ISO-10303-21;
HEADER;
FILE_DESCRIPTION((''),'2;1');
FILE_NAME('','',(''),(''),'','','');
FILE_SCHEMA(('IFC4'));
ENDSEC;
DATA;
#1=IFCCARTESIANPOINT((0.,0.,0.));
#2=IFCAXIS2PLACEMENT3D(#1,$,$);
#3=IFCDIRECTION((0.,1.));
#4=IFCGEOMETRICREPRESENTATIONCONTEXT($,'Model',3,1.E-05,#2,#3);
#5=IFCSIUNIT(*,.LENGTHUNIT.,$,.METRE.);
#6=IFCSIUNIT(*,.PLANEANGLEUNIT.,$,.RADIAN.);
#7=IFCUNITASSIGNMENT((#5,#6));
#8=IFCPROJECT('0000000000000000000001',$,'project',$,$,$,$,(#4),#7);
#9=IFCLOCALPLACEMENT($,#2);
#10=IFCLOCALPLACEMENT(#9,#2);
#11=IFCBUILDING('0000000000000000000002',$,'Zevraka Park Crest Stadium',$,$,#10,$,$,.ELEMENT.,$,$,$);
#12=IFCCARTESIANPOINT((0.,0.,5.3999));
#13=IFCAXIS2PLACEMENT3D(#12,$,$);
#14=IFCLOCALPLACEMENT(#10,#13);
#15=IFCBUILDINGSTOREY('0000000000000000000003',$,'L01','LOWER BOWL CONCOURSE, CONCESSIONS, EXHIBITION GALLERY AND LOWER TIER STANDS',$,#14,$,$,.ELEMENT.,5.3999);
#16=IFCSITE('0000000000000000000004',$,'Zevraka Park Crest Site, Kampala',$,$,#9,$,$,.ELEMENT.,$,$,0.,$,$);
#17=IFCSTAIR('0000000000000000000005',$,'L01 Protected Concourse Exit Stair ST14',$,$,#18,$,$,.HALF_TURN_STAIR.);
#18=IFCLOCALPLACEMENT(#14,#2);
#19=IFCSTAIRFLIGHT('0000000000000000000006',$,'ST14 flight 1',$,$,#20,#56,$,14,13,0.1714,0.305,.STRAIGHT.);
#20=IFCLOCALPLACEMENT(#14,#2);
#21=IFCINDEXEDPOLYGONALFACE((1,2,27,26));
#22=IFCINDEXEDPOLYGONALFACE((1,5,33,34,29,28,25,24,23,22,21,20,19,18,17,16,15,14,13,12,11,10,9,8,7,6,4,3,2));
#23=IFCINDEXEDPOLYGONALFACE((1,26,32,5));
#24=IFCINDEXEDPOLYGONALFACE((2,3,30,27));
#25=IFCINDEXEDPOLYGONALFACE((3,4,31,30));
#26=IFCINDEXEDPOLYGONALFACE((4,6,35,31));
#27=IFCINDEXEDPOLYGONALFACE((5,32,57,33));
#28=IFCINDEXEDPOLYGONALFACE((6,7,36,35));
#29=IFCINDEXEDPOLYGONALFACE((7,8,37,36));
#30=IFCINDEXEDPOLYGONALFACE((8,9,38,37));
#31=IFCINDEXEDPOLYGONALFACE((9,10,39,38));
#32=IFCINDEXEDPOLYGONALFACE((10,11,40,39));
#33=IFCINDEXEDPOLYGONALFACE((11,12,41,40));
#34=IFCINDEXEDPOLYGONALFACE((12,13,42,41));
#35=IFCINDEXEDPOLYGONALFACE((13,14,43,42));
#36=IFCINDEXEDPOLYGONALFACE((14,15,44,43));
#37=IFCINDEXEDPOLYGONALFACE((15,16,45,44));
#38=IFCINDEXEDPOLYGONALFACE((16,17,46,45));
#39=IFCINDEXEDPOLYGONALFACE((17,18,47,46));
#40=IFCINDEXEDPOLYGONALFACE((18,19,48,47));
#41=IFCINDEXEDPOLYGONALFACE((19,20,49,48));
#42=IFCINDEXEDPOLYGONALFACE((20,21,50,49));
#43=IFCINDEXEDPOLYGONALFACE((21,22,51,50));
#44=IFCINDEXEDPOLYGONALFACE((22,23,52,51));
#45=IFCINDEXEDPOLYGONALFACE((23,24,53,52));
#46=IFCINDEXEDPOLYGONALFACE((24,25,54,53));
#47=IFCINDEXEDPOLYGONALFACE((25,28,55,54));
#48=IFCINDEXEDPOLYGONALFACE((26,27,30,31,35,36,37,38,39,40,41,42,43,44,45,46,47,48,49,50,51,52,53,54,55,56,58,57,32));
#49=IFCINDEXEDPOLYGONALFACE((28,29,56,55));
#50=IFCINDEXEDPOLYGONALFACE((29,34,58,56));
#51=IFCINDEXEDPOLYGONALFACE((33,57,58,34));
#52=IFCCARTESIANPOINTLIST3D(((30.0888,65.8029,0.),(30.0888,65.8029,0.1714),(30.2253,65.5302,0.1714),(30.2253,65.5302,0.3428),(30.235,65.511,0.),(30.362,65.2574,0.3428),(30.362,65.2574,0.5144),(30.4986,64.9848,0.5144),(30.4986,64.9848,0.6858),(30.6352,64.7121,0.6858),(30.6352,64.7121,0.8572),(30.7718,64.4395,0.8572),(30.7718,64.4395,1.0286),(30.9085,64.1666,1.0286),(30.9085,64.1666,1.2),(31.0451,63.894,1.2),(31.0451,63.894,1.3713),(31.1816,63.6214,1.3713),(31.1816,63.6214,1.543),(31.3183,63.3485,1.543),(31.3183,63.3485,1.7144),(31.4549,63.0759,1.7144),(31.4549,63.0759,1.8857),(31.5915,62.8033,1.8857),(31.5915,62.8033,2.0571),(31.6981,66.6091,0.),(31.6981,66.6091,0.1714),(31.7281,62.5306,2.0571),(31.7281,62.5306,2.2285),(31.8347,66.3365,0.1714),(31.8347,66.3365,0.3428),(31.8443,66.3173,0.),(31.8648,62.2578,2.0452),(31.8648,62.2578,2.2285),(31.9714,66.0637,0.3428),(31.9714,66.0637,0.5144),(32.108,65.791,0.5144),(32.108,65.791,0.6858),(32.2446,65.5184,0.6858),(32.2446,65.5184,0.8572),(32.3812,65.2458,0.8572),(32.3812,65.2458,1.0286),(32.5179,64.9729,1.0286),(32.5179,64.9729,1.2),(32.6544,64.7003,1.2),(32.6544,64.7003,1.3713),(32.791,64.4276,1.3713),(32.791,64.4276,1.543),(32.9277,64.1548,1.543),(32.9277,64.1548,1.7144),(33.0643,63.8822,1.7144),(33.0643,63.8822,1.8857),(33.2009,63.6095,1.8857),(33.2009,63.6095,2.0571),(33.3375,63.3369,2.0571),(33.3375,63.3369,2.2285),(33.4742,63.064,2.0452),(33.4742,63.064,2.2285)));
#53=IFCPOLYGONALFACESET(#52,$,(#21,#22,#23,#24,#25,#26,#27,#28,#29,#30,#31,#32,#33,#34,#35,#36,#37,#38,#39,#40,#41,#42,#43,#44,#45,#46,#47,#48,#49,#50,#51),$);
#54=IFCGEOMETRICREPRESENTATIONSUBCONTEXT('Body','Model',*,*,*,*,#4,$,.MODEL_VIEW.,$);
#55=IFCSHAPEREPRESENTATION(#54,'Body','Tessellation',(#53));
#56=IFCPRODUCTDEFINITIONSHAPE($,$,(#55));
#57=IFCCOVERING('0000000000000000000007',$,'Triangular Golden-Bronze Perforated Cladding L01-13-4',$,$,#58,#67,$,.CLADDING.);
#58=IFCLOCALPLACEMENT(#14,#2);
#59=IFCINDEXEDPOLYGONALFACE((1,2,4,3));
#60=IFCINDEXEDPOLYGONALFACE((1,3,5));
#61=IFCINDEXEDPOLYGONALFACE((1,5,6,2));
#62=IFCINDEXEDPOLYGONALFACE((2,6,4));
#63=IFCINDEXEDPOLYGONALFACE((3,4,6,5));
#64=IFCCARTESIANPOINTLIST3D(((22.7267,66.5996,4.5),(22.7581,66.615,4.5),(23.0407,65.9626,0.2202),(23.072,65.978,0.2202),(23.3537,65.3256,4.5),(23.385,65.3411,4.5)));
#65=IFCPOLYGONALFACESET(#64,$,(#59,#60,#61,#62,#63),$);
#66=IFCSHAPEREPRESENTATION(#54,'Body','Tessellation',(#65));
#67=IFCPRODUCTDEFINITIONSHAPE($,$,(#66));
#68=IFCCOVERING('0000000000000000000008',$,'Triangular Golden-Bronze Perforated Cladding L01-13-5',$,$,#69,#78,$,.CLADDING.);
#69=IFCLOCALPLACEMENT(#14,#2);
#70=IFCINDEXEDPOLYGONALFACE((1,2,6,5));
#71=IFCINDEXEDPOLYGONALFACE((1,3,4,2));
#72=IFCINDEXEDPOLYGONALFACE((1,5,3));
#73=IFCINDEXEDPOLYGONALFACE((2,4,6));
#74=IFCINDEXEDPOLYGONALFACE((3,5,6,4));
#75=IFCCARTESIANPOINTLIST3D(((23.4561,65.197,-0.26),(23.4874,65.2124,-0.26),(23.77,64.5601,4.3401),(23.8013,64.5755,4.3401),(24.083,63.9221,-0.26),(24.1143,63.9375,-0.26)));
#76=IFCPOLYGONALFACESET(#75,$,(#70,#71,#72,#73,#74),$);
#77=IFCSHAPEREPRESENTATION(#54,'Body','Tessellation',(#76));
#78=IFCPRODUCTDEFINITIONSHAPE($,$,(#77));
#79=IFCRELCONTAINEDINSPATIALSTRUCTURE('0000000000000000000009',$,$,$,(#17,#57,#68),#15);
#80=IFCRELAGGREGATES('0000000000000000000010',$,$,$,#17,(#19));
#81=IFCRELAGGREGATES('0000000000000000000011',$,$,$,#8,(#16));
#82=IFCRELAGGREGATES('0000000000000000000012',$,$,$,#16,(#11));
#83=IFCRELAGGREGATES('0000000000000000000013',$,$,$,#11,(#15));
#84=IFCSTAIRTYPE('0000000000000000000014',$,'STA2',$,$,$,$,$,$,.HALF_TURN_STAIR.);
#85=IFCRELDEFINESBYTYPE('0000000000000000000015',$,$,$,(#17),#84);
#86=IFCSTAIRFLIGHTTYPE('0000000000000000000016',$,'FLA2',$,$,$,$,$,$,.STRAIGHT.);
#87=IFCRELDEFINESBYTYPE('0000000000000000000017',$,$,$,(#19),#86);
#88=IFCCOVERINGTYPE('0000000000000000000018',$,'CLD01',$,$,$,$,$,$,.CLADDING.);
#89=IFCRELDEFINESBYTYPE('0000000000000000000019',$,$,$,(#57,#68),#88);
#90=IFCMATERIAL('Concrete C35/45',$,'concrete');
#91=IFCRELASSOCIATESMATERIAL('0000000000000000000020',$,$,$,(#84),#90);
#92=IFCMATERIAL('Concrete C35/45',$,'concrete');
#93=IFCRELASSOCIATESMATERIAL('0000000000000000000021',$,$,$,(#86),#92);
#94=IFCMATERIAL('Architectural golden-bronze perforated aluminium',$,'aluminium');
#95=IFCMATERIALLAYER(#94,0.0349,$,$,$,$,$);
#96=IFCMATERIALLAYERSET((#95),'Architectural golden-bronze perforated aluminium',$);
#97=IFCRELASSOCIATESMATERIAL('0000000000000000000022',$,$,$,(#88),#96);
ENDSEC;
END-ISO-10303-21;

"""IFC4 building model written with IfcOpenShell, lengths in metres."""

from ifc_helpers import new_model, si_unit, direction, frame, origin, place, context, subcontext, project, spatial, polyline, outline, extrude, material, layer, layer_set, type_object, element, aggregate, save


model = new_model("IFC4")

# Units and contexts
model_context = context("Model", 3, precision=1e-05, world=origin(), true_north=direction((0.0, 1.0)))
body_context = subcontext(model_context, "Body", "Model", "MODEL_VIEW")
ifc_project = project(units=[si_unit("LENGTHUNIT", "METRE"), si_unit("PLANEANGLEUNIT", "RADIAN")], contexts=[model_context])

# Site, building, storey
site_placement = place(None, origin())
site = spatial("IfcSite", under=ifc_project, at=site_placement, Name="Zevraka Park Crest Site, Kampala", CompositionType="ELEMENT", RefElevation=0.0)
building_placement = place(site_placement, origin())
building = spatial("IfcBuilding", under=site, at=building_placement, Name="Zevraka Park Crest Stadium", CompositionType="ELEMENT")
storey_placement = place(building_placement, frame((0.0, 0.0, 5.3999)))
storey = spatial("IfcBuildingStorey", under=building, at=storey_placement, Name="L01", Description="LOWER BOWL CONCOURSE, CONCESSIONS, EXHIBITION GALLERY AND LOWER TIER STANDS", CompositionType="ELEMENT", Elevation=5.3999)

# Stair, stair flight
ifc_material_1 = material(Name="Concrete C35/45", Category="concrete")
stair_type = type_object("IfcStairType", Name="STA2", PredefinedType="HALF_TURN_STAIR", material=ifc_material_1)
stair_placement = place(storey_placement, origin())
stair = element("IfcStair", 1, at=stair_placement, inside=storey, type_object=stair_type, Name="L01 Protected Concourse Exit Stair ST14", PredefinedType="HALF_TURN_STAIR")
ifc_material_2 = material(Name="Concrete C35/45", Category="concrete")
stair_flight_type = type_object("IfcStairFlightType", Name="FLA2", PredefinedType="STRAIGHT", material=ifc_material_2)
stair_flight_placement = place(storey_placement, frame((30.8936, 66.2061, 0.0), z_axis=(0.0, 0.0, 1.0), x_axis=(0.447915, -0.894076, 0.0)))
stair_flight = element("IfcStairFlight", 2, at=stair_flight_placement, type_object=stair_flight_type, Name="ST14 flight 1", NumberOfRisers=14, NumberOfTreads=13, PredefinedType="STRAIGHT", RiserHeight=0.1714, TreadLength=0.305, context=body_context, shape_type="SweptSolid", body=[
    extrude(outline(polyline([(0.0, 0.0), (0.0, 0.1714), (0.3049, 0.1714), (0.3049, 0.3428), (0.6101, 0.3428), (0.6101, 0.5144), (0.915, 0.5144), (0.915, 0.6858), (1.22, 0.6858), (1.22, 0.8572), (1.5249, 0.8572), (1.5249, 1.0286), (1.8301, 1.0286), (1.8301, 1.2), (2.135, 1.2), (2.135, 1.3713), (2.4399, 1.3713), (2.4399, 1.543), (2.7451, 1.543), (2.7451, 1.7144), (3.05, 1.7144), (3.05, 1.8857), (3.355, 1.8857), (3.355, 2.0571), (3.6599, 2.0571), (3.6599, 2.2285), (3.9651, 2.2285), (3.9651, 2.3999), (3.9651, 2.0452), (0.3264, 0.0), (0.0, 0.0)])), frame((0.0, 0.8999, 0.0), z_axis=(0.0, -1.0, 0.0), x_axis=(1.0, 0.0, 0.0)), (0.0, 0.0, 1.0), 1.8),
])
aggregate(stair, [stair_flight])

# Coverings
ifc_material_3 = material(Name="Architectural golden-bronze perforated aluminium", Category="aluminium")
ifc_layer_1 = layer(ifc_material_3, 0.0349)
ifc_layer_set_1 = layer_set([ifc_layer_1], Name="Architectural golden-bronze perforated aluminium")
covering_type = type_object("IfcCoveringType", Name="CLD01", PredefinedType="CLADDING", material=ifc_layer_set_1)
covering_1_placement = place(storey_placement, frame((23.385, 65.3411, 4.5), z_axis=(0.897229, 0.441565, 0.000102), x_axis=(-0.441565, 0.897229, 0.0)))
element("IfcCovering", 3, at=covering_1_placement, inside=storey, type_object=covering_type, Name="Triangular Golden-Bronze Perforated Cladding L01-13-4", PredefinedType="CLADDING", context=body_context, shape_type="SweptSolid", body=[
    extrude(outline(polyline([(0.0, 0.0), (1.4198, 0.0), (0.7097, -4.2798), (0.0, 0.0)])), origin(), (0.0, 0.0, -1.0), 0.0349),
])
covering_2_placement = place(storey_placement, frame((23.4561, 65.197, -0.26), z_axis=(-0.897363, -0.441292, 0.000142), x_axis=(0.441292, -0.897363, 0.0)))
element("IfcCovering", 4, at=covering_2_placement, inside=storey, type_object=covering_type, Name="Triangular Golden-Bronze Perforated Cladding L01-13-5", PredefinedType="CLADDING", context=body_context, shape_type="SweptSolid", body=[
    extrude(outline(polyline([(0.0, 0.0), (1.4207, 0.0), (0.7101, 4.6001), (0.0, 0.0)])), origin(), (0.0, 0.0, -1.0), 0.0349),
])

save(model, "model.ifc")
